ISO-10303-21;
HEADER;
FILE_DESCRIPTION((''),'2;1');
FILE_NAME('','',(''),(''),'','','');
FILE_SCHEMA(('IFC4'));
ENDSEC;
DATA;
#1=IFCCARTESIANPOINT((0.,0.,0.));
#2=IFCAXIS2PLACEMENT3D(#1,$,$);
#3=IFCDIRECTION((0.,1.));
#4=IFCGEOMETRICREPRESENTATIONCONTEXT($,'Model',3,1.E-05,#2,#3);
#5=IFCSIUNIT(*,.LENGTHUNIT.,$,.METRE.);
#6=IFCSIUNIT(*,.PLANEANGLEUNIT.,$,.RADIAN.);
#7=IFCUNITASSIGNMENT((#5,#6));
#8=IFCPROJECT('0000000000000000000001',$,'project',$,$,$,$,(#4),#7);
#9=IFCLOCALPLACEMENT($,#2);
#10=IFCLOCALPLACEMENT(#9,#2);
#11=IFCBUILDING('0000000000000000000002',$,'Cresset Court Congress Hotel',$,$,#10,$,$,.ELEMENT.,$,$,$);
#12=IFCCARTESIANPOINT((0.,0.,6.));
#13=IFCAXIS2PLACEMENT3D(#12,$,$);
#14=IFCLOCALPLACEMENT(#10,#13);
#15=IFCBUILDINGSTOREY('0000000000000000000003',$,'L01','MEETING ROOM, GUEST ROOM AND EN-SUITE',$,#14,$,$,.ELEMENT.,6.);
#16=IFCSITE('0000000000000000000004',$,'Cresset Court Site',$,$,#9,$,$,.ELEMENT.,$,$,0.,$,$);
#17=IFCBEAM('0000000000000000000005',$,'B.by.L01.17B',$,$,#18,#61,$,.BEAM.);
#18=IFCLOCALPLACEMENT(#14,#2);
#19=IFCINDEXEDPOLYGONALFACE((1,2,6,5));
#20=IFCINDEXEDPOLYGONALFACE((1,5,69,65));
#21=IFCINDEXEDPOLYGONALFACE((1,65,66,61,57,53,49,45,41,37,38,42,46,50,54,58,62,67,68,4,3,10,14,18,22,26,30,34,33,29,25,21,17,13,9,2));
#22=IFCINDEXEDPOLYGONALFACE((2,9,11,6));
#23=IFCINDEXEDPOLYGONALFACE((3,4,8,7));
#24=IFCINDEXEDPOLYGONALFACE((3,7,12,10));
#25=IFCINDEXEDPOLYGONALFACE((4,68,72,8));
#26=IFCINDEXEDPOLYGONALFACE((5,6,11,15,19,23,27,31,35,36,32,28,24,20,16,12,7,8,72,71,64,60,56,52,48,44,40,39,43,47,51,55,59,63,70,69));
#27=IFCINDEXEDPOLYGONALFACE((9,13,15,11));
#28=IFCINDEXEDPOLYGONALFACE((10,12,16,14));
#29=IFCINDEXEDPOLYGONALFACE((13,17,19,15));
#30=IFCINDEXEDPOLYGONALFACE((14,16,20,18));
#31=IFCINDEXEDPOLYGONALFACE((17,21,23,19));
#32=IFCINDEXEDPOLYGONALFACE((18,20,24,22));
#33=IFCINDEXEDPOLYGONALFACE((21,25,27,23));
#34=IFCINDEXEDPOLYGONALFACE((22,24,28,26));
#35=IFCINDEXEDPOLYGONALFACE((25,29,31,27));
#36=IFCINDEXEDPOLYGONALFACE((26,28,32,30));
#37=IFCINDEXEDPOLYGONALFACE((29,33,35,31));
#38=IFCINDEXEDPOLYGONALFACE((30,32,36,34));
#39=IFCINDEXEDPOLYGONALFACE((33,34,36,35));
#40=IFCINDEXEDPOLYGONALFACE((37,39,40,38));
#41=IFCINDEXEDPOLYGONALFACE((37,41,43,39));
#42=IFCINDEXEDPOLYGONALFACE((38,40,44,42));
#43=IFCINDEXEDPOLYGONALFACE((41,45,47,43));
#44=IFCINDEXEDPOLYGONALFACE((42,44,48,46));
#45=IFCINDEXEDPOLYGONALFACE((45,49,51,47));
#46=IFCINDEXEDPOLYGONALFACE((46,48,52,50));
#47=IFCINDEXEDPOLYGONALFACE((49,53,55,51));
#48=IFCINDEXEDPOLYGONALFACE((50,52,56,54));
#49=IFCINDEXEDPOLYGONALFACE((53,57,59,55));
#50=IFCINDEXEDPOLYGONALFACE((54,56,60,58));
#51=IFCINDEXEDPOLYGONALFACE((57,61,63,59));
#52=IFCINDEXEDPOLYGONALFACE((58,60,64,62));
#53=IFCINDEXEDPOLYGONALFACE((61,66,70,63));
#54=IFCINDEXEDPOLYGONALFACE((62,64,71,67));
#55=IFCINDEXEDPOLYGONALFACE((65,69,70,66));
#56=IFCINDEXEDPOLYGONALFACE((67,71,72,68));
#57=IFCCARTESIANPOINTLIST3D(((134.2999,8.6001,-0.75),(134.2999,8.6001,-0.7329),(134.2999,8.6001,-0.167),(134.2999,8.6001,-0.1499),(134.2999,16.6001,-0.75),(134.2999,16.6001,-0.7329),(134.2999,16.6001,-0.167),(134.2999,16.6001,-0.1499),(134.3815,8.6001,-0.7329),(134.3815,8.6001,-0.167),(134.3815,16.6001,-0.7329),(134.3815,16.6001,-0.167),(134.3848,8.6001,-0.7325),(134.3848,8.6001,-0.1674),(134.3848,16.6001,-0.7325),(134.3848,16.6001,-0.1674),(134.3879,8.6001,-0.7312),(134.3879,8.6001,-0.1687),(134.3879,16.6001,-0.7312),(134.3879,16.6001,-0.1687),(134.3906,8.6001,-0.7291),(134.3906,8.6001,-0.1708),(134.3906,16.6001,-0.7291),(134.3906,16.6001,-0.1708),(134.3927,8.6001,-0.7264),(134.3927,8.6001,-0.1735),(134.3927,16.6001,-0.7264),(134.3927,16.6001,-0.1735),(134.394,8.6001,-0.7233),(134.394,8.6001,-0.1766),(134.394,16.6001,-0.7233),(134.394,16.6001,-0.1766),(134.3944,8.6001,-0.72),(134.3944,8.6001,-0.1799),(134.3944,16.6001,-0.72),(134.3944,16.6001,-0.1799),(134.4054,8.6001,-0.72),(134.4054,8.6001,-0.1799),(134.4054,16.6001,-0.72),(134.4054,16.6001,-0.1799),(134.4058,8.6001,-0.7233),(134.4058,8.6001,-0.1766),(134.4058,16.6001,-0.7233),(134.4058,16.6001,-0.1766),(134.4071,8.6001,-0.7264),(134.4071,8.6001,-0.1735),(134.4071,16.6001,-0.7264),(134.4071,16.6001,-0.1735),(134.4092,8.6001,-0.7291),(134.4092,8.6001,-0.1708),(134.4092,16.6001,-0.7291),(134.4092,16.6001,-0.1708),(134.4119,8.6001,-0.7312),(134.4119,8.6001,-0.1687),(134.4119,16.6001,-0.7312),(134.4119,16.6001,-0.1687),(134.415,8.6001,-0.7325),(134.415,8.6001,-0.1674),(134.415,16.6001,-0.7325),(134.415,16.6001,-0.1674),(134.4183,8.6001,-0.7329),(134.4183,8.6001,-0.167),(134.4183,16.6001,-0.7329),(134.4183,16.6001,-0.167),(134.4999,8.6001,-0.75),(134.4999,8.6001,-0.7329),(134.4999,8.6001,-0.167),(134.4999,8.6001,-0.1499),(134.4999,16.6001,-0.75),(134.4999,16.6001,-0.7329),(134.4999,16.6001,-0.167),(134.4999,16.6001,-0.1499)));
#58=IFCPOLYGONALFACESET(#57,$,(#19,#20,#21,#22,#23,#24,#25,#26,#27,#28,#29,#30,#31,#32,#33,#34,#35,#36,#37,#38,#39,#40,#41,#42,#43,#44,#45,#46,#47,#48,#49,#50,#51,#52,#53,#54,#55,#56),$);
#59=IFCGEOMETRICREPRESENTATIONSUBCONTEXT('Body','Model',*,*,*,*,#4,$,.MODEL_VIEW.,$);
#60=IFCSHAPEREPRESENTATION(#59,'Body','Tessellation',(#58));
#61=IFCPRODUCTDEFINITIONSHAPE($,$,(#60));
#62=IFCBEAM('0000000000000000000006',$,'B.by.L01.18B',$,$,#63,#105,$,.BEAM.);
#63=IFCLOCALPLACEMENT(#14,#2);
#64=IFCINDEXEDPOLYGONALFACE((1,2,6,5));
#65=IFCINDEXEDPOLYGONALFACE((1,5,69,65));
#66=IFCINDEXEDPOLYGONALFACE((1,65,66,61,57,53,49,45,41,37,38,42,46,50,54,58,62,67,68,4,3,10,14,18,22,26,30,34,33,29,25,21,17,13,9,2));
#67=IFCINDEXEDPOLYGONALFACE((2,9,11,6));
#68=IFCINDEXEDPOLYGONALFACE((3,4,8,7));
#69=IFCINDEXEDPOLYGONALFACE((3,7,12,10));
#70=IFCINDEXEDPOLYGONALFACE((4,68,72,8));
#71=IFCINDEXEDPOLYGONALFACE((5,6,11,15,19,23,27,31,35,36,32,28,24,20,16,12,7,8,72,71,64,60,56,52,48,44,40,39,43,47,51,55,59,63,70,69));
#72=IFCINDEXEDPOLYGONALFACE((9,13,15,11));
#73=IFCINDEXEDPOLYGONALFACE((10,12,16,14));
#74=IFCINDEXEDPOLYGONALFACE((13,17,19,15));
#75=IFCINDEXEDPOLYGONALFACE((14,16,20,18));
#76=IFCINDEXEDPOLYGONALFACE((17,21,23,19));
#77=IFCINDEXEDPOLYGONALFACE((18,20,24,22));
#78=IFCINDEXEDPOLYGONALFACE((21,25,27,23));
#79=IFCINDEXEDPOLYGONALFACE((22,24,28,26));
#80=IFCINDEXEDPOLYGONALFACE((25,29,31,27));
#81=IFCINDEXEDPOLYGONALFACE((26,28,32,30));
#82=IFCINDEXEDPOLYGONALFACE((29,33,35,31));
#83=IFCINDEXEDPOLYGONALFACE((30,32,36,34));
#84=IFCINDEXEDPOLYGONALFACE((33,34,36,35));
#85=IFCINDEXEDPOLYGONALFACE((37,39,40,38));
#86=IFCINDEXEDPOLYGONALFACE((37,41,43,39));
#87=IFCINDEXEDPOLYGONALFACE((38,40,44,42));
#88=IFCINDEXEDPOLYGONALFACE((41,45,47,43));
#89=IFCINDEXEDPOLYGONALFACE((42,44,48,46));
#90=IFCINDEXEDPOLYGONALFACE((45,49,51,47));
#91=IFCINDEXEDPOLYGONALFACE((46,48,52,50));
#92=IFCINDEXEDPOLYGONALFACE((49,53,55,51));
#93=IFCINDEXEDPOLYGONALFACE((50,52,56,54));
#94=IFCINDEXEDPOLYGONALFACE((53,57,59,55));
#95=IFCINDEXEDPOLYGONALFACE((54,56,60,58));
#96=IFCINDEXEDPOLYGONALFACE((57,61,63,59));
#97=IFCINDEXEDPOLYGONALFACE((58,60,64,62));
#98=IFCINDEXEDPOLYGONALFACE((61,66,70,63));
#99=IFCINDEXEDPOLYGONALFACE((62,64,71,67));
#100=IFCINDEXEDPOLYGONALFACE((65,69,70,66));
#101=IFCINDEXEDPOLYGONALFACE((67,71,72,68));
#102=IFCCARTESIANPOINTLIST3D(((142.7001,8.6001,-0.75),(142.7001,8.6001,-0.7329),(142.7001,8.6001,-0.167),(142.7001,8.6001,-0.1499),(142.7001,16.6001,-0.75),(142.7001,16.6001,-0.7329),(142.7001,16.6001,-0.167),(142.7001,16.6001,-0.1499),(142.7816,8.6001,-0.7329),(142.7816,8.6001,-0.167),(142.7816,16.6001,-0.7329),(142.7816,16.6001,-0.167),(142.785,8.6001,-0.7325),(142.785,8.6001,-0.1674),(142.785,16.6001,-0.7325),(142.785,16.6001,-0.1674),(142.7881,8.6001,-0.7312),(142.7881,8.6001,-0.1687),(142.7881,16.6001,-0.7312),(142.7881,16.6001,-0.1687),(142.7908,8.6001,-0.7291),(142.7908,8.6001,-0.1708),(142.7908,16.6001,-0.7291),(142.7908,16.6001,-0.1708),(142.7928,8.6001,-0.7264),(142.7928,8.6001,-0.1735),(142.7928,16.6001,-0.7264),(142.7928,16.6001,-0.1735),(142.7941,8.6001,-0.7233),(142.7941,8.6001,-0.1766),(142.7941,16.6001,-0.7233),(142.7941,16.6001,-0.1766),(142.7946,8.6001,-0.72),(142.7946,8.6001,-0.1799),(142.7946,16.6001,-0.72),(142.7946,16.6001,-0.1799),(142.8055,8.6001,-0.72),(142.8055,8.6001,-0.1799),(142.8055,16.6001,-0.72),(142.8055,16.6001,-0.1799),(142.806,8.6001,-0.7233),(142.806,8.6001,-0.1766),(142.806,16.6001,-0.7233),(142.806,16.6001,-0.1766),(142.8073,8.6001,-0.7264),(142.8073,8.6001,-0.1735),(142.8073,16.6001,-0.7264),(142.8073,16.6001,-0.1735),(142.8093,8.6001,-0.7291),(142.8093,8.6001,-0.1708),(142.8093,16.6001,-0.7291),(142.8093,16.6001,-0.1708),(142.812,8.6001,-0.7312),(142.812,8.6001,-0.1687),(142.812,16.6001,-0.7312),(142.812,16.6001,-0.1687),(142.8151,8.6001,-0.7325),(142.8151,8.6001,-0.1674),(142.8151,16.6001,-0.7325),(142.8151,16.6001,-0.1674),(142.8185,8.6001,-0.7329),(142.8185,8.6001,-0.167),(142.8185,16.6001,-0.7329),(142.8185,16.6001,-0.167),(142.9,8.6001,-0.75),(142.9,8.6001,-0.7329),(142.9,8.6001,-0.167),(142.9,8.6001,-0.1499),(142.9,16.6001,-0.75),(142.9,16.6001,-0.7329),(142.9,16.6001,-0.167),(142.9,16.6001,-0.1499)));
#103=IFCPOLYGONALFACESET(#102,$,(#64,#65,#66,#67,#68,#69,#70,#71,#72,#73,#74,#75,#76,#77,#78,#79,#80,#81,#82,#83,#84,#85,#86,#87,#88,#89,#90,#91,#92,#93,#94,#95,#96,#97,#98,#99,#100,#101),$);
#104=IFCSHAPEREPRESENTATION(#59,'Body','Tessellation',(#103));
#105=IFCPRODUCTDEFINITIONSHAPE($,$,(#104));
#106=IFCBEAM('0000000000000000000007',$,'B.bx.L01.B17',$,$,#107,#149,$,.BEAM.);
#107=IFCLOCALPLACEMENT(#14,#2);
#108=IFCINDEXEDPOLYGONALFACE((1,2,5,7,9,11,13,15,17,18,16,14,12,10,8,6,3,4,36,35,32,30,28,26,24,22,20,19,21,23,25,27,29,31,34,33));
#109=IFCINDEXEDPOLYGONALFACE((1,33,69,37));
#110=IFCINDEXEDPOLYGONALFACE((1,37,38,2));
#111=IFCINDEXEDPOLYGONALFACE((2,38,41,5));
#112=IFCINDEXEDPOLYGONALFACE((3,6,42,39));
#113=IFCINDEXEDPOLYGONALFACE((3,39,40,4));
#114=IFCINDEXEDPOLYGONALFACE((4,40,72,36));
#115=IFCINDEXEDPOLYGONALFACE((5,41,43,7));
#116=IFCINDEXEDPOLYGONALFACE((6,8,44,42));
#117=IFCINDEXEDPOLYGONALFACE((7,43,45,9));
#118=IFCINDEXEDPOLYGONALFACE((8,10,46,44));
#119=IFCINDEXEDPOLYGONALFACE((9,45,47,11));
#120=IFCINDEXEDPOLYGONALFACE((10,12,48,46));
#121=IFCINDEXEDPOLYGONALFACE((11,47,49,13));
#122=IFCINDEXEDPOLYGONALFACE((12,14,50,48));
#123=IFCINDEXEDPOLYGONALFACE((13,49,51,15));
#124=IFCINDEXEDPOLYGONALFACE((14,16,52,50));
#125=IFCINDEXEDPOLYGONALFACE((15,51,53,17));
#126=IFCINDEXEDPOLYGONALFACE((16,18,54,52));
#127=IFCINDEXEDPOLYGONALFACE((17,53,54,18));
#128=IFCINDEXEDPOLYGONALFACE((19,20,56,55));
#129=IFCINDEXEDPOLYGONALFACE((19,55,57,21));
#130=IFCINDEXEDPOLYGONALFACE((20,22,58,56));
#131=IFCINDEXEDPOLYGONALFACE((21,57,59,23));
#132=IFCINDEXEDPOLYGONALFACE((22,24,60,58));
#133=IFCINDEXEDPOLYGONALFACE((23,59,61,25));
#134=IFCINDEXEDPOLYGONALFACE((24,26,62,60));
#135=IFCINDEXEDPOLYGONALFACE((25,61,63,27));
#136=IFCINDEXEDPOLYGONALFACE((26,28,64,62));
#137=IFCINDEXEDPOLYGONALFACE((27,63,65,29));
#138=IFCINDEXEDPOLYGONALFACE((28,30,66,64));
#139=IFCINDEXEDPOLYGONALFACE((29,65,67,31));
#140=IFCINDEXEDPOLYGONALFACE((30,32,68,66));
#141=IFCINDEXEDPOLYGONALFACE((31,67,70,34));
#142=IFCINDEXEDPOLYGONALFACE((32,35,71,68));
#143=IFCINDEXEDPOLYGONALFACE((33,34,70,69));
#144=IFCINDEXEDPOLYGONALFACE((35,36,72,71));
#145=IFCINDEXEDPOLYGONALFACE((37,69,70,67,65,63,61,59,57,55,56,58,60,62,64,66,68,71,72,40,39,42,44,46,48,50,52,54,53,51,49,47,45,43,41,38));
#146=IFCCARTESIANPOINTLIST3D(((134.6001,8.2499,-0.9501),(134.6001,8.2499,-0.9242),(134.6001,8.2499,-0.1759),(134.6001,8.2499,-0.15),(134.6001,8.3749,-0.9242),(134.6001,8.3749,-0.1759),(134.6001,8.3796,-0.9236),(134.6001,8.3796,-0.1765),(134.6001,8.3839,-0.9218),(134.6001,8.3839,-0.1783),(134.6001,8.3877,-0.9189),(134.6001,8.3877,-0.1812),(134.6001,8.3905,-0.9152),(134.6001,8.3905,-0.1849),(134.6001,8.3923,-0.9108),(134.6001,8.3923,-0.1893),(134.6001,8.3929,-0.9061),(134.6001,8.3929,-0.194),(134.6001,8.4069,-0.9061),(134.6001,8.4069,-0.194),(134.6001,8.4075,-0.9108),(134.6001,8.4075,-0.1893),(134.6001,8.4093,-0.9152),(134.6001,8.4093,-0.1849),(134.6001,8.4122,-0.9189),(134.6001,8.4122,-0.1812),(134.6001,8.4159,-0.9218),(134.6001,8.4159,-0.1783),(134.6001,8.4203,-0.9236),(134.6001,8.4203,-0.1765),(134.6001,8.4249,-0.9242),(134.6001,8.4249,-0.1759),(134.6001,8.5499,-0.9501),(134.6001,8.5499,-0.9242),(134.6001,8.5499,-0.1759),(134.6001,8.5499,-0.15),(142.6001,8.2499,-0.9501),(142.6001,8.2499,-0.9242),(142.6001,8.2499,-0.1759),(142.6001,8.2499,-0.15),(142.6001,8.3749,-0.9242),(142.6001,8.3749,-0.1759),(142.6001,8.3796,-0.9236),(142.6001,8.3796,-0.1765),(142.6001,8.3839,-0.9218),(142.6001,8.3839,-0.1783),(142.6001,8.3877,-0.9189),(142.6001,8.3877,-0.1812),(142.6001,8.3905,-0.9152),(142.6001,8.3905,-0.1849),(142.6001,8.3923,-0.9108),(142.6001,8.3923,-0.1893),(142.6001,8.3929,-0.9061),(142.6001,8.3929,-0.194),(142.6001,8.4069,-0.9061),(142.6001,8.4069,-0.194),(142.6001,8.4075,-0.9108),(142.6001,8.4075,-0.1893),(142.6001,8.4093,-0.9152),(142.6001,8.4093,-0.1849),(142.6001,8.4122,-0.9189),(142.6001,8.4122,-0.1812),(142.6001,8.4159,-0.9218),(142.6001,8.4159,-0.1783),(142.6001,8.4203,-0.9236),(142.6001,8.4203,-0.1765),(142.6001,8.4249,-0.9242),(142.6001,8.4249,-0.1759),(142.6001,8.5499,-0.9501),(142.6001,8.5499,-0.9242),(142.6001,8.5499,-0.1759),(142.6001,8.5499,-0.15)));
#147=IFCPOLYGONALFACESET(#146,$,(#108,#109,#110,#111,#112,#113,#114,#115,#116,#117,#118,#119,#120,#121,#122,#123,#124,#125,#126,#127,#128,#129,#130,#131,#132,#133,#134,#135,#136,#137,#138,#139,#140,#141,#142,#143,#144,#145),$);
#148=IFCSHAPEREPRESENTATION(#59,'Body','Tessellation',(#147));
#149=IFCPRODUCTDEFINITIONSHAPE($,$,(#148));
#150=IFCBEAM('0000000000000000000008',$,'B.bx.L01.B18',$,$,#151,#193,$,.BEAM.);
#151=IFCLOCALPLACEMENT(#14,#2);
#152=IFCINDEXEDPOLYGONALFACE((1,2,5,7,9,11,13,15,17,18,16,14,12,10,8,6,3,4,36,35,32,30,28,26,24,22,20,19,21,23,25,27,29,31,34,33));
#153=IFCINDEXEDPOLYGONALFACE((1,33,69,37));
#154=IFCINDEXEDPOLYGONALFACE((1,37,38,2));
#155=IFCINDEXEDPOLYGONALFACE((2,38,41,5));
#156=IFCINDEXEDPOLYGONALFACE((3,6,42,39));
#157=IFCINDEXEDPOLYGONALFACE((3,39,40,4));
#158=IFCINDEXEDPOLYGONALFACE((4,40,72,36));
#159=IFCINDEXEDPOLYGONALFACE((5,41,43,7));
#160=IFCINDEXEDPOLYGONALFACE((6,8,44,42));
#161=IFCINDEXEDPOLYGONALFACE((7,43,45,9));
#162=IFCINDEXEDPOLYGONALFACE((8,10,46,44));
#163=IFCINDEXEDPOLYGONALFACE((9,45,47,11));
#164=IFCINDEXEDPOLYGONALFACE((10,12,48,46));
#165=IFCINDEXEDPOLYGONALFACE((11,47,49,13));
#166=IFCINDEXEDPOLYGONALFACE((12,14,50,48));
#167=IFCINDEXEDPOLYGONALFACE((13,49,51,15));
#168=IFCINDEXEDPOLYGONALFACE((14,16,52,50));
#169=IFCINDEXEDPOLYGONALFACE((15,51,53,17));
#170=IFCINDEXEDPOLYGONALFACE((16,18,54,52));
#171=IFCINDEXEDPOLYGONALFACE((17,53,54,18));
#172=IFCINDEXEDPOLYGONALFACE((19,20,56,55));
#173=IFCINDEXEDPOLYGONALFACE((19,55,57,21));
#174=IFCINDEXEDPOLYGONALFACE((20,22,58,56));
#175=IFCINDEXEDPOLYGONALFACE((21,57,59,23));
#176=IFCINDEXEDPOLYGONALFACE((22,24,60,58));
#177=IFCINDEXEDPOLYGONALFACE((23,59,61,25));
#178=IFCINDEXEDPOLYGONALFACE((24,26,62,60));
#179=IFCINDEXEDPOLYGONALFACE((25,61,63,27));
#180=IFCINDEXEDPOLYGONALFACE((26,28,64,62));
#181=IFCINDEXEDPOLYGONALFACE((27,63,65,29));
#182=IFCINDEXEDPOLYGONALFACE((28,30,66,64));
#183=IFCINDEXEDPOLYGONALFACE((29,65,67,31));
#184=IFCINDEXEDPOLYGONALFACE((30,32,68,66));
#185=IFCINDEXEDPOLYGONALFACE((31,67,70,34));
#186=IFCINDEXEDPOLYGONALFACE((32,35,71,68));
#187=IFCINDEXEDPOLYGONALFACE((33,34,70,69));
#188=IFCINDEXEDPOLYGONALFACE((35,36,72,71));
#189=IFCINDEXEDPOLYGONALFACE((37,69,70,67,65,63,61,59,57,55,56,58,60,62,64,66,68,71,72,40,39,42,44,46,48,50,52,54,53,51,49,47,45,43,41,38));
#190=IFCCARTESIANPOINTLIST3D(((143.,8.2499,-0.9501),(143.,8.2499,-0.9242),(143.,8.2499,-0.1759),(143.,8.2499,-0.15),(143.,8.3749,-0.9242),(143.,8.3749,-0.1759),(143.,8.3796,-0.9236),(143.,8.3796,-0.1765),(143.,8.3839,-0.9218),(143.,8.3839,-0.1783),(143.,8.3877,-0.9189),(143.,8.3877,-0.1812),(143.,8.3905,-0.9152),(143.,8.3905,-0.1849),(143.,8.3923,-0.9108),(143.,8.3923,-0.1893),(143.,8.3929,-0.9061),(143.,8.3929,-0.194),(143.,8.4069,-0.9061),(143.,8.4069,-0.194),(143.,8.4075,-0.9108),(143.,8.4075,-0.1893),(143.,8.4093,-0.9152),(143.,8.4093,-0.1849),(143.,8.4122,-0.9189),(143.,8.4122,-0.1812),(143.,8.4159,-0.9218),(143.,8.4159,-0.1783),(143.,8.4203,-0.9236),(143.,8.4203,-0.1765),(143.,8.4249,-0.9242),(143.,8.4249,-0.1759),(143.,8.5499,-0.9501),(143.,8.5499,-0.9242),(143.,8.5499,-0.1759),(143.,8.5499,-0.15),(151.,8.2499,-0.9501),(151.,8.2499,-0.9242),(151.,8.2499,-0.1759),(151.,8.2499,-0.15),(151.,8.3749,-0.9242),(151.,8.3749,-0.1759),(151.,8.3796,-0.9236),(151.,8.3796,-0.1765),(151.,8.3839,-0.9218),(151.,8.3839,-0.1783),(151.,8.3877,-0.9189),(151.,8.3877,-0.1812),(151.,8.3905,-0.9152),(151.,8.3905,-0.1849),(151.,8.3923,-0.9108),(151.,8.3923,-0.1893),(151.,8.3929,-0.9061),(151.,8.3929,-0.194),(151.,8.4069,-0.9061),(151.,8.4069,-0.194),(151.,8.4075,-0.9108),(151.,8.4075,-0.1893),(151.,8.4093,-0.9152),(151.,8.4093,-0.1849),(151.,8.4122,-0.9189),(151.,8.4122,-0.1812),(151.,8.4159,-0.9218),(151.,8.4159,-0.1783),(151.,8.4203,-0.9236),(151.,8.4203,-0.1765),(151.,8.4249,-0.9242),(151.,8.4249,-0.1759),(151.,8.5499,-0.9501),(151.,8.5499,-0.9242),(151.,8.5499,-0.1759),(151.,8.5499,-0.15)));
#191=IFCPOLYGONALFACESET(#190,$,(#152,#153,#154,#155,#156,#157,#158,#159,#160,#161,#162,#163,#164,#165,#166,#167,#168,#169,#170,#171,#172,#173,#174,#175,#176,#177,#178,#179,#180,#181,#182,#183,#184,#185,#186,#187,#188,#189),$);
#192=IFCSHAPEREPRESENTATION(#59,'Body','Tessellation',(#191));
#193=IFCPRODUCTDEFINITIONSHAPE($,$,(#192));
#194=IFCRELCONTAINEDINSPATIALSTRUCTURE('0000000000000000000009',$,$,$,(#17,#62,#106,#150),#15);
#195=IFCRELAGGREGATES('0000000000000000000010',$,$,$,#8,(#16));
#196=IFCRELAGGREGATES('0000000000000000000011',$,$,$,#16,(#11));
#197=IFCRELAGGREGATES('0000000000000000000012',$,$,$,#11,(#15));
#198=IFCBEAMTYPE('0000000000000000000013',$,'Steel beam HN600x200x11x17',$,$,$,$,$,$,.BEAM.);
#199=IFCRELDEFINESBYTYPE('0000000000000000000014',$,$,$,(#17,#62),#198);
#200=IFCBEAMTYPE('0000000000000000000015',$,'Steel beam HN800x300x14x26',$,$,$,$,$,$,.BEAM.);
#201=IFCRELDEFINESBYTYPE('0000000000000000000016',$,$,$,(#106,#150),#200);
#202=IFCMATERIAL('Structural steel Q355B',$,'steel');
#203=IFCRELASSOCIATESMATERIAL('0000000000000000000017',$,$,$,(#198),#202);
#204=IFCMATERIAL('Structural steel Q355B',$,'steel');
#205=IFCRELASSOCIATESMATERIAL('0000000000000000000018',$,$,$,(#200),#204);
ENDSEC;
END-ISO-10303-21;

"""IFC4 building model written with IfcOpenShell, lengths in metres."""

from ifc_helpers import new_model, si_unit, direction, frame, origin, origin_2d, place, context, subcontext, project, spatial, i_section, extrude, material, material_profile, profile_set, type_object, element, save


model = new_model("IFC4")

# Units and contexts
model_context = context("Model", 3, precision=1e-05, world=origin(), true_north=direction((0.0, 1.0)))
body_context = subcontext(model_context, "Body", "Model", "MODEL_VIEW")
ifc_project = project(units=[si_unit("LENGTHUNIT", "METRE"), si_unit("PLANEANGLEUNIT", "RADIAN")], contexts=[model_context])

# Site, building, storey
site_placement = place(None, origin())
site = spatial("IfcSite", under=ifc_project, at=site_placement, Name="Cresset Court Site", CompositionType="ELEMENT", RefElevation=0.0)
building_placement = place(site_placement, origin())
building = spatial("IfcBuilding", under=site, at=building_placement, Name="Cresset Court Congress Hotel", CompositionType="ELEMENT")
storey_placement = place(building_placement, frame((0.0, 0.0, 6.0)))
storey = spatial("IfcBuildingStorey", under=building, at=storey_placement, Name="L01", Description="MEETING ROOM, GUEST ROOM AND EN-SUITE", CompositionType="ELEMENT", Elevation=6.0)

# Beams
ifc_material_1 = material(Name="Structural steel Q355B", Category="steel")
ifc_material_profile_1 = material_profile(ifc_material_1, i_section(OverallWidth=0.2, OverallDepth=0.6001, WebThickness=0.011, FlangeThickness=0.0171, FilletRadius=0.0129, at=origin_2d()), Name="HN600x200x11x17")
ifc_profile_set_1 = profile_set([ifc_material_profile_1], Name="Structural steel Q355B")
beam_type_1 = type_object("IfcBeamType", Name="Steel beam HN600x200x11x17", PredefinedType="BEAM", material=ifc_profile_set_1)
for number, where, z_axis, x_axis, name in (
    (1, (134.3999, 8.6001, -0.45), (0.0, 1.0, 0.0), (-1.0, 0.0, 0.0), "B.by.L01.17B"),
    (2, (142.8, 8.6001, -0.45), (0.0, 1.0, 0.0), (-1.0, 0.0, 0.0), "B.by.L01.18B"),
):
    element("IfcBeam", number, at=place(storey_placement, frame(where, z_axis=z_axis, x_axis=x_axis)), inside=storey, type_object=beam_type_1, Name=name, PredefinedType="BEAM", context=body_context, shape_type="SweptSolid", body=[
        extrude(i_section(OverallWidth=0.2, OverallDepth=0.6001, WebThickness=0.011, FlangeThickness=0.0171, FilletRadius=0.0129, at=origin_2d()), origin(), (0.0, 0.0, 1.0), 8.0),
    ])
ifc_material_2 = material(Name="Structural steel Q355B", Category="steel")
ifc_material_profile_2 = material_profile(ifc_material_2, i_section(OverallWidth=0.3, OverallDepth=0.8, WebThickness=0.0139, FlangeThickness=0.0259, FilletRadius=0.0181, at=origin_2d()), Name="HN800x300x14x26")
ifc_profile_set_2 = profile_set([ifc_material_profile_2], Name="Structural steel Q355B")
beam_type_2 = type_object("IfcBeamType", Name="Steel beam HN800x300x14x26", PredefinedType="BEAM", material=ifc_profile_set_2)
for number, where, z_axis, x_axis, name in (
    (3, (134.6001, 8.3999, -0.55), (1.0, 0.0, 0.0), (0.0, 1.0, 0.0), "B.bx.L01.B17"),
    (4, (143.0, 8.3999, -0.55), (1.0, 0.0, 0.0), (0.0, 1.0, 0.0), "B.bx.L01.B18"),
):
    element("IfcBeam", number, at=place(storey_placement, frame(where, z_axis=z_axis, x_axis=x_axis)), inside=storey, type_object=beam_type_2, Name=name, PredefinedType="BEAM", context=body_context, shape_type="SweptSolid", body=[
        extrude(i_section(OverallWidth=0.3, OverallDepth=0.8, WebThickness=0.0139, FlangeThickness=0.0259, FilletRadius=0.0181, at=origin_2d()), origin(), (0.0, 0.0, 1.0), 8.0),
    ])

save(model, "model.ifc")
